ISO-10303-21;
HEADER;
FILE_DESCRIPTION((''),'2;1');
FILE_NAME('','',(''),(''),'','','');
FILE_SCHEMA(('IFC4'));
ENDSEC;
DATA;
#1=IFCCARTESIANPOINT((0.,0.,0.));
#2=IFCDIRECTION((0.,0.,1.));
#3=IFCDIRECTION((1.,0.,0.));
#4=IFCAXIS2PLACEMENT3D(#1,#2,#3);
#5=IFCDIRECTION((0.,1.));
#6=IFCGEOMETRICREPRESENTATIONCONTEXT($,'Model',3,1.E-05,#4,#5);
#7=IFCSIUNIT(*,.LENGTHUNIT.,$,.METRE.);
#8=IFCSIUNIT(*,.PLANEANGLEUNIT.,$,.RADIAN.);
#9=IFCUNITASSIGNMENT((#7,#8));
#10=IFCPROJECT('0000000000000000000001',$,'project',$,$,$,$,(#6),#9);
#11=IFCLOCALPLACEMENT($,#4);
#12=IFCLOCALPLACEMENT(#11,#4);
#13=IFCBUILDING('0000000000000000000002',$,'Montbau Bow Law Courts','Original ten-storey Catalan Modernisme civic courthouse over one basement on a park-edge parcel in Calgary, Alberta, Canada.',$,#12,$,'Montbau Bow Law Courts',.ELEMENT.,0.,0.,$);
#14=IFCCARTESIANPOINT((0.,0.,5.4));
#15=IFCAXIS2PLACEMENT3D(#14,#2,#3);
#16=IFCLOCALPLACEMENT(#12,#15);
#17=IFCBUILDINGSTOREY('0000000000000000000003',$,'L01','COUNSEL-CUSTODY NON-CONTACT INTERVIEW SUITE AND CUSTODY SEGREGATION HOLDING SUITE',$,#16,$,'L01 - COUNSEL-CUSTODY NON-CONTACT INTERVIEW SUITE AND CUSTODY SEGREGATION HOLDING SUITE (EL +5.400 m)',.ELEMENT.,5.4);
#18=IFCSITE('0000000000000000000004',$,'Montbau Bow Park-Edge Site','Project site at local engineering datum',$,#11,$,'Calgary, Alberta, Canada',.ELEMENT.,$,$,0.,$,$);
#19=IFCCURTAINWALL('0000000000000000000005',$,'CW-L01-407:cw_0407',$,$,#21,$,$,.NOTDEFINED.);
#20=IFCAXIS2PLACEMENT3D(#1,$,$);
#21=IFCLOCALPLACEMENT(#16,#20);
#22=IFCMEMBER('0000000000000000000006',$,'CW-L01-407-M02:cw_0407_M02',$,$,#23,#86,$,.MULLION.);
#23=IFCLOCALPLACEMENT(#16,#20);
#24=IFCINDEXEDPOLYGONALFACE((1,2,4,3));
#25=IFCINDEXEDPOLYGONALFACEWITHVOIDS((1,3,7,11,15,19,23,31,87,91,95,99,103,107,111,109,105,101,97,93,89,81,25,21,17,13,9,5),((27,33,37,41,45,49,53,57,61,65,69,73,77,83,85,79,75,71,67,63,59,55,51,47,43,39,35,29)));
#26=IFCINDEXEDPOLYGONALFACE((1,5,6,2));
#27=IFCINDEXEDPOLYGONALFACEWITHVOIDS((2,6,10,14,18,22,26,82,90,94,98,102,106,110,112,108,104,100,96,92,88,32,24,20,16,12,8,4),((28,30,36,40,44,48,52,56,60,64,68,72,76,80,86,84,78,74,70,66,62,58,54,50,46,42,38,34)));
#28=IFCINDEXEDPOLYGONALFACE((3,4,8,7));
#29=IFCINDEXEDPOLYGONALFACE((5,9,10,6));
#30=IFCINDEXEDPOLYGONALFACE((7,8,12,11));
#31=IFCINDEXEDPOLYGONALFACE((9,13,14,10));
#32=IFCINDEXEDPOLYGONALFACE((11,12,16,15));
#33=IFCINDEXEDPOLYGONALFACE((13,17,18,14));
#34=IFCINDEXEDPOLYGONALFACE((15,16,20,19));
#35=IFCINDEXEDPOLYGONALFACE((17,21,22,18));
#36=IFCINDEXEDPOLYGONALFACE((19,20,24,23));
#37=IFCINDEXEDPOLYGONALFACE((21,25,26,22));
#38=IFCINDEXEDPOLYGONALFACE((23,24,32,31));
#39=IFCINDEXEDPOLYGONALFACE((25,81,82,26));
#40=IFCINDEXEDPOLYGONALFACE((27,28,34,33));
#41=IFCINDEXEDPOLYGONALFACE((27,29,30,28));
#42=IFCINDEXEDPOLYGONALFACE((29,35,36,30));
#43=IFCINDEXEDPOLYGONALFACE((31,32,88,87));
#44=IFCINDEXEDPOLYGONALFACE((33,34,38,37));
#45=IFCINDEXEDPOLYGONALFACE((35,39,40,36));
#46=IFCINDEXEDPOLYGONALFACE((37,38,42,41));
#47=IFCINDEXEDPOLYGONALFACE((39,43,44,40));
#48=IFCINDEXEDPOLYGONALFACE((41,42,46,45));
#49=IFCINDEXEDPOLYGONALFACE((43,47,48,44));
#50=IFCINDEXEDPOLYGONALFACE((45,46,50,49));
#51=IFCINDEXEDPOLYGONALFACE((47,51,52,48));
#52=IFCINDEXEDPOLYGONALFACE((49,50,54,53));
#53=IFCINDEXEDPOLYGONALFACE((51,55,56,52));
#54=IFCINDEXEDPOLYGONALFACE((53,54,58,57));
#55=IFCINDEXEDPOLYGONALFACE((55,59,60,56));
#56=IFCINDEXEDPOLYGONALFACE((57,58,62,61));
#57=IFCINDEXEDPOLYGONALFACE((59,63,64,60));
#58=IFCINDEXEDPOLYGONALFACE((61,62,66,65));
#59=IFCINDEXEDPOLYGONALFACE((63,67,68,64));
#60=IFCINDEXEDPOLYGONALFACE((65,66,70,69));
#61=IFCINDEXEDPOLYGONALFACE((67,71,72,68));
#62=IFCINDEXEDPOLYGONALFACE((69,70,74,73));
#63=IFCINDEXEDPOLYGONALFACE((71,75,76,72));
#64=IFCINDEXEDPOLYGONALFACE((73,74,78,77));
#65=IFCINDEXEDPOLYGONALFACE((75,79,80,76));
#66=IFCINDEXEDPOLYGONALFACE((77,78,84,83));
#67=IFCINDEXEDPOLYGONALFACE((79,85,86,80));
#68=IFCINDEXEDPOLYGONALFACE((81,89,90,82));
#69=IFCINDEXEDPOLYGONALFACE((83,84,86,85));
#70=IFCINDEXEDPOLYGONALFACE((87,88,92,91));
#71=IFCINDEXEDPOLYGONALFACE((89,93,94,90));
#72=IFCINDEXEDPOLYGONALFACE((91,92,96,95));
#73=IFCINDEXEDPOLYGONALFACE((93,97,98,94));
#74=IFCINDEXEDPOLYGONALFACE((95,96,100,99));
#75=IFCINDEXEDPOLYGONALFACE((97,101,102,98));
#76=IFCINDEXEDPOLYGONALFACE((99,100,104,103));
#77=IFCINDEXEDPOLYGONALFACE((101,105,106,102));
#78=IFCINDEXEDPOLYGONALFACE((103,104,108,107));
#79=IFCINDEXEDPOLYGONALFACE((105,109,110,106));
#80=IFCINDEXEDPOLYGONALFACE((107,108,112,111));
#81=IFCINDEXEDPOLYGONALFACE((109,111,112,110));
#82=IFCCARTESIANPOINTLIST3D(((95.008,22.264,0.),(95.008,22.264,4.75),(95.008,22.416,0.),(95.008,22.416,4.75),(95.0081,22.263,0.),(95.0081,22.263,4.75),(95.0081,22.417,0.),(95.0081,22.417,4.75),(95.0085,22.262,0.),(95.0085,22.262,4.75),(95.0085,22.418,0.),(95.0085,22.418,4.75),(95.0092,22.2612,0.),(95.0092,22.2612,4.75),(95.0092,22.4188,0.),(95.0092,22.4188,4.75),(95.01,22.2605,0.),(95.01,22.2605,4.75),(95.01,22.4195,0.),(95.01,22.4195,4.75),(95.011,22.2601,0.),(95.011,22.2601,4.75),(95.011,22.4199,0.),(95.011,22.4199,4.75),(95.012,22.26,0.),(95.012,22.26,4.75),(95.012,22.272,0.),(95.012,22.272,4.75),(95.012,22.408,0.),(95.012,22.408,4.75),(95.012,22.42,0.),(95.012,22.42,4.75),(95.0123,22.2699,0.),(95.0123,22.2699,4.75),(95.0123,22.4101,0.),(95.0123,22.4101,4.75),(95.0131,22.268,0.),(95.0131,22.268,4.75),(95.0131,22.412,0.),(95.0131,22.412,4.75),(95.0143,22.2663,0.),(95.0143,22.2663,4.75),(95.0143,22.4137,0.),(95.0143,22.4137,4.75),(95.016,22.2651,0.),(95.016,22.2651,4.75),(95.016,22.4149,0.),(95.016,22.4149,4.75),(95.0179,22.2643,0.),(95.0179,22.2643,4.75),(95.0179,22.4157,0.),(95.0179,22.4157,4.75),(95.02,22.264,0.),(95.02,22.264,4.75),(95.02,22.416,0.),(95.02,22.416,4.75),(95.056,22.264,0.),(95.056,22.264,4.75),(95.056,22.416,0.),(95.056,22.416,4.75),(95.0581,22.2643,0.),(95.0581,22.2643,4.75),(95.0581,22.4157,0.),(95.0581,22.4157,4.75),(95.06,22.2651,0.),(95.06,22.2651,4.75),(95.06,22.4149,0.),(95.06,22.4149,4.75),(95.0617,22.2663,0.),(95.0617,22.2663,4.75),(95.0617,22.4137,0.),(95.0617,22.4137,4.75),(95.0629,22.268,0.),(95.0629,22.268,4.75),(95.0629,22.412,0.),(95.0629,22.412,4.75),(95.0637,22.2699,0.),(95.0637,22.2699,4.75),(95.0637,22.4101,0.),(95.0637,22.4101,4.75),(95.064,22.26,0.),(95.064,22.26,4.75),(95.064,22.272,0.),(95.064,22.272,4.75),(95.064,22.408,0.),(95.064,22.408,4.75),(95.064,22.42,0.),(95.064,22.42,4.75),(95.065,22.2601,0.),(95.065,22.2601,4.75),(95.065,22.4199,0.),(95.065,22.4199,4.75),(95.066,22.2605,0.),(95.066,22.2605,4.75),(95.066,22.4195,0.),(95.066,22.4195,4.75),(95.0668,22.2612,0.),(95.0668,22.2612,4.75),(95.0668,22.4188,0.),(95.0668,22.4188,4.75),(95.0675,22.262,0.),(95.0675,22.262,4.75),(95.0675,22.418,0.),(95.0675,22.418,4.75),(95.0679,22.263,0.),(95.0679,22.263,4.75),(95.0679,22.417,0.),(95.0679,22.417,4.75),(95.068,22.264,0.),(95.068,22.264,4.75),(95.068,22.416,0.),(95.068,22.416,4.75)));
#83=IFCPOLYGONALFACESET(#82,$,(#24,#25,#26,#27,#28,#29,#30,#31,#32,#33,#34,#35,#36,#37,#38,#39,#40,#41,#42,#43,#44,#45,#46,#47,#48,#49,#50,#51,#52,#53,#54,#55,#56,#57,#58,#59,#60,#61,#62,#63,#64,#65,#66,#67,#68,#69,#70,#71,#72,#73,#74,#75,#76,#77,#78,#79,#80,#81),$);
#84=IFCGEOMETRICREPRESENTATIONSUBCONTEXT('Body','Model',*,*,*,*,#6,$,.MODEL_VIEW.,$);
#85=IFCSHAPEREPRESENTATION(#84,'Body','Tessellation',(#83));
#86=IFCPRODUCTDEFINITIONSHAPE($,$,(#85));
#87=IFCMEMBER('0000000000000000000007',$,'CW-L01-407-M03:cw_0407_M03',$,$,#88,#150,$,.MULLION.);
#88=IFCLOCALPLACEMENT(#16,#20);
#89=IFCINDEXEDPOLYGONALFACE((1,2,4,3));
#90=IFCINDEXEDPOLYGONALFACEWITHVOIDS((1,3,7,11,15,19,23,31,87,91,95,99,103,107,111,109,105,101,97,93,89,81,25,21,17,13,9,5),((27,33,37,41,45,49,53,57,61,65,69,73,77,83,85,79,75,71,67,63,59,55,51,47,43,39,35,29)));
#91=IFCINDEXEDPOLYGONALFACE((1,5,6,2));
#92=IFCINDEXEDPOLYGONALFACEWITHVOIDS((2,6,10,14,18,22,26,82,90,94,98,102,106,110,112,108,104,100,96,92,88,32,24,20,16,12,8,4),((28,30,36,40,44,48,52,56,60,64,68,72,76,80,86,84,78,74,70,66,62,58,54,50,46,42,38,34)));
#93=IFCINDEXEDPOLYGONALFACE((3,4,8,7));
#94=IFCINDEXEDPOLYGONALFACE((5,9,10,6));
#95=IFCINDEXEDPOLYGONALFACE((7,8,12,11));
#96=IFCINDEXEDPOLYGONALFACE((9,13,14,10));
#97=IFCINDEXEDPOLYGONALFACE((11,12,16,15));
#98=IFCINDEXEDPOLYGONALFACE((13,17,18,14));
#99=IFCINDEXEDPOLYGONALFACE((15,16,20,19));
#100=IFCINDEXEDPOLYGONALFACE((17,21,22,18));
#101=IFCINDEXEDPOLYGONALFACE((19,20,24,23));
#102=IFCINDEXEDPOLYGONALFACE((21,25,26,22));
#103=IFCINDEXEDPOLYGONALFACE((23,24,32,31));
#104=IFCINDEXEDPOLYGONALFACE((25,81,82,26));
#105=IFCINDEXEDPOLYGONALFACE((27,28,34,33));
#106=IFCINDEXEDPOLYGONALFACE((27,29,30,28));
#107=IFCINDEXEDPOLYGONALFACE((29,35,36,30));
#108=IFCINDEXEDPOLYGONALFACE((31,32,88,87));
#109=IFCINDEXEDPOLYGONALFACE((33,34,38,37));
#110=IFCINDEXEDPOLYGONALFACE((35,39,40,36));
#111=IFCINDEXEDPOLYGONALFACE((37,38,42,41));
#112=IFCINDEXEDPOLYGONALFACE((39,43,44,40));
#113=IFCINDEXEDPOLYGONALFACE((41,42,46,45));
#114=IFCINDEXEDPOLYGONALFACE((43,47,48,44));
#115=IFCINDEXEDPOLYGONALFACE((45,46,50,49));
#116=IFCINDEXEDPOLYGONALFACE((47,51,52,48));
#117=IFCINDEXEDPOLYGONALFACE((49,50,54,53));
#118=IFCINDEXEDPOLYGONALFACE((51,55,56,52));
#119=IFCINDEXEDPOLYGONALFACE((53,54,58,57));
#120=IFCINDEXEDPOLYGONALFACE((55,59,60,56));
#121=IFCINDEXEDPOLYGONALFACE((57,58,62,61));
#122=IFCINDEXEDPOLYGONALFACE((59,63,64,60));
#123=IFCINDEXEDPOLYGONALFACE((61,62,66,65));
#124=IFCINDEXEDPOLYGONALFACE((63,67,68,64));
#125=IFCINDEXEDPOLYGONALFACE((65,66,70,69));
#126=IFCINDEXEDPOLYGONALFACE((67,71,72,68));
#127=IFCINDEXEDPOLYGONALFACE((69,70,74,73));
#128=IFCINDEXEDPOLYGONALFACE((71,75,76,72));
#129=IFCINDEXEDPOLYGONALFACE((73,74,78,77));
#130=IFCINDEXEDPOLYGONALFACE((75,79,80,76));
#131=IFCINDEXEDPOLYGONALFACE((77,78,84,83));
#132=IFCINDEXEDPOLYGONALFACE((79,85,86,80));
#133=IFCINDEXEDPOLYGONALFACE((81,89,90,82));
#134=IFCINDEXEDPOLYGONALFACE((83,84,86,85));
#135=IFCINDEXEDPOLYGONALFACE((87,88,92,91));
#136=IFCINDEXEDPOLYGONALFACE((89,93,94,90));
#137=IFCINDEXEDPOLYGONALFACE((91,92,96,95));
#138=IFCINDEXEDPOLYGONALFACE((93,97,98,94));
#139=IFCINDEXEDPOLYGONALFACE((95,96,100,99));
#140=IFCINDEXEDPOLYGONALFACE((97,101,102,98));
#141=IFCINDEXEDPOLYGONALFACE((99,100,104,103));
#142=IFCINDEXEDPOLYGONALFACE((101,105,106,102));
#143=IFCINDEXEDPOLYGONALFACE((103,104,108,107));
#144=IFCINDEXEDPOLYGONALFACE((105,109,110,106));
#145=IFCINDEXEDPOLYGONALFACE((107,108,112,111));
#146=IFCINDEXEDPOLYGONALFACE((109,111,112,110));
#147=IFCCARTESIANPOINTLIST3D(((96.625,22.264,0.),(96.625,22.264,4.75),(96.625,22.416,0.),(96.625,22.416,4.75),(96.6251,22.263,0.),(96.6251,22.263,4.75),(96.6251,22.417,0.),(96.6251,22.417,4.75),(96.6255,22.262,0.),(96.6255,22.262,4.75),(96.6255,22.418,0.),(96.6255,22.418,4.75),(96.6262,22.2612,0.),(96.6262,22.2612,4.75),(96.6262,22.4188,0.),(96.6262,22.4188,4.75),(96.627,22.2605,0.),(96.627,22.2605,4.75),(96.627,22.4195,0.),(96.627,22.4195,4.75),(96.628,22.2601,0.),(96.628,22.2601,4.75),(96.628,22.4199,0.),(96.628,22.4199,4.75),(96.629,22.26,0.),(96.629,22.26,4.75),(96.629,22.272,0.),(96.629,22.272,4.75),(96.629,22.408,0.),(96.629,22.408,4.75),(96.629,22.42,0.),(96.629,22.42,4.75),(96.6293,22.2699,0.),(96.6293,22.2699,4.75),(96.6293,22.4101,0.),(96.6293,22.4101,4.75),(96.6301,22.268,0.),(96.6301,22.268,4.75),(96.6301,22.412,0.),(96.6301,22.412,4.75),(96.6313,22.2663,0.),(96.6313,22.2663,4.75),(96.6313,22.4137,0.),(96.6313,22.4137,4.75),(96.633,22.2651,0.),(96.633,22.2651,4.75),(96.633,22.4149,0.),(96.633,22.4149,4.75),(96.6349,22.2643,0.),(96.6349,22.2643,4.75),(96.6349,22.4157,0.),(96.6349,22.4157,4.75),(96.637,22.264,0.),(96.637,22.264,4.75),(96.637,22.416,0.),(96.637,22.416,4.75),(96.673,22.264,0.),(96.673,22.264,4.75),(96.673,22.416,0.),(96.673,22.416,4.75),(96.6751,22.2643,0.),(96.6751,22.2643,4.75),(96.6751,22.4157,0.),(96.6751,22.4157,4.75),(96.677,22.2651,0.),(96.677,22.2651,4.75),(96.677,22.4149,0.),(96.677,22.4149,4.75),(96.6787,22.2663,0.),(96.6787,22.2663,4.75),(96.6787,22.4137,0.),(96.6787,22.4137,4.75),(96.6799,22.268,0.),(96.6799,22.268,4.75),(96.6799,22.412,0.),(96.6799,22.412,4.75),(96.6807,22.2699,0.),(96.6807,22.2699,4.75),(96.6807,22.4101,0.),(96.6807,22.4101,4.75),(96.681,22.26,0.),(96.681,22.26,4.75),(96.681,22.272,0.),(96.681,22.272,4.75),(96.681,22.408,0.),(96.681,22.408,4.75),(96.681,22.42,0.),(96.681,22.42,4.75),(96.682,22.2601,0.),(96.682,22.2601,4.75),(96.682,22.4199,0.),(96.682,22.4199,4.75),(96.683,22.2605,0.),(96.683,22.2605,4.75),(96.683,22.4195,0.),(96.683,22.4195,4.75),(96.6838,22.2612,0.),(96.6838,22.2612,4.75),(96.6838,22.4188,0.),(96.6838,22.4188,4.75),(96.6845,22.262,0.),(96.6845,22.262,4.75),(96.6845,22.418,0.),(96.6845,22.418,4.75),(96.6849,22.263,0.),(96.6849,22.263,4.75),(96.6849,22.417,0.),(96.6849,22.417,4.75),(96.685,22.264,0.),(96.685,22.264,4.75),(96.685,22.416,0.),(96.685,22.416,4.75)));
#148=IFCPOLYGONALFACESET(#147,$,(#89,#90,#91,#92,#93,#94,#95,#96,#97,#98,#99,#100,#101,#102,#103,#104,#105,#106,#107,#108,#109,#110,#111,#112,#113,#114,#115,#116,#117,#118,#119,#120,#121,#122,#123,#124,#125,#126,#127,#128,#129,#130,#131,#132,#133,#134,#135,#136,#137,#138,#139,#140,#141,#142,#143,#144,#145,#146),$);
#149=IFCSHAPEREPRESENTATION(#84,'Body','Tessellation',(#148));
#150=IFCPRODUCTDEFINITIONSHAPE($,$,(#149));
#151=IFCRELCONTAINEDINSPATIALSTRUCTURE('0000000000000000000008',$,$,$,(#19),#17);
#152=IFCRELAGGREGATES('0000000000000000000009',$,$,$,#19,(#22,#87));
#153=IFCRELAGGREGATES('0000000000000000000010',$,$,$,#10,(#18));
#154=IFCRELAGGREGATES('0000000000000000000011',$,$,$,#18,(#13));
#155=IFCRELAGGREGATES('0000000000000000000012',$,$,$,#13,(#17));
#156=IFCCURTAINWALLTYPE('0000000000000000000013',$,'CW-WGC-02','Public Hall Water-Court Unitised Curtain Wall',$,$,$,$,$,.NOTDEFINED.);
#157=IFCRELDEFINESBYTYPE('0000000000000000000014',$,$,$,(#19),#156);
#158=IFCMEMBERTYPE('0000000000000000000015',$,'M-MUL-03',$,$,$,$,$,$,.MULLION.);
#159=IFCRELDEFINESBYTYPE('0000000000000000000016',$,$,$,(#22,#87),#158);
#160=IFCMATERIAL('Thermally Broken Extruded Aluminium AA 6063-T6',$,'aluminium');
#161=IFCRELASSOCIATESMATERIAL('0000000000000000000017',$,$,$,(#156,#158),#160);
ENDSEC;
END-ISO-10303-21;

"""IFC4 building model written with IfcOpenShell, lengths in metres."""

from ifc_helpers import new_model, si_unit, direction, frame, origin_with_axes, origin_2d_with_axis, place, context, subcontext, project, spatial, hollow_rectangle, extrude, material, material_profile, profile_set, type_object, element, aggregate, save


model = new_model("IFC4")

# Units and contexts
model_context = context("Model", 3, precision=1e-05, world=origin_with_axes(), true_north=direction((0.0, 1.0)))
body_context = subcontext(model_context, "Body", "Model", "MODEL_VIEW")
ifc_project = project(units=[si_unit("LENGTHUNIT", "METRE"), si_unit("PLANEANGLEUNIT", "RADIAN")], contexts=[model_context])

# Site, building, storey
site_placement = place(None, origin_with_axes())
site = spatial("IfcSite", under=ifc_project, at=site_placement, Name="Montbau Bow Park-Edge Site", Description="Project site at local engineering datum", LongName="Calgary, Alberta, Canada", CompositionType="ELEMENT", RefElevation=0.0)
building_placement = place(site_placement, origin_with_axes())
building = spatial("IfcBuilding", under=site, at=building_placement, Name="Montbau Bow Law Courts", Description="Original ten-storey Catalan Modernisme civic courthouse over one basement on a park-edge parcel in Calgary, Alberta, Canada.", LongName="Montbau Bow Law Courts", CompositionType="ELEMENT", ElevationOfRefHeight=0.0, ElevationOfTerrain=0.0)
storey_placement = place(building_placement, frame((0.0, 0.0, 5.4), z_axis=(0.0, 0.0, 1.0), x_axis=(1.0, 0.0, 0.0)))
storey = spatial("IfcBuildingStorey", under=building, at=storey_placement, Name="L01", Description="COUNSEL-CUSTODY NON-CONTACT INTERVIEW SUITE AND CUSTODY SEGREGATION HOLDING SUITE", LongName="L01 - COUNSEL-CUSTODY NON-CONTACT INTERVIEW SUITE AND CUSTODY SEGREGATION HOLDING SUITE (EL +5.400 m)", CompositionType="ELEMENT", Elevation=5.4)

# Curtain wall, members
ifc_material_1 = material(Name="Thermally Broken Extruded Aluminium AA 6063-T6", Category="aluminium")
curtain_wall_type = type_object("IfcCurtainWallType", Name="CW-WGC-02", Description="Public Hall Water-Court Unitised Curtain Wall", PredefinedType="NOTDEFINED", material=ifc_material_1)
curtain_wall_1_placement = place(None, frame((93.39, 22.34, 5.4), z_axis=(0.0, 0.0, 1.0), x_axis=(1.0, 0.0, 0.0)))
curtain_wall_1 = element("IfcCurtainWall", 1, at=curtain_wall_1_placement, inside=storey, type_object=curtain_wall_type, Name="CW-L01-407:cw_0407", PredefinedType="NOTDEFINED")
ifc_material_profile_1 = material_profile(ifc_material_1, hollow_rectangle(XDim=0.06, YDim=0.16, WallThickness=0.004, InnerFilletRadius=0.008, OuterFilletRadius=0.004, at=origin_2d_with_axis()), Name="CWM-160X60", Category="Main", Priority=0)
ifc_profile_set_1 = profile_set([ifc_material_profile_1], Name="Thermally Broken Extruded Aluminium AA 6063-T6")
member_type_1 = type_object("IfcMemberType", Name="M-MUL-03", PredefinedType="MULLION", material=ifc_profile_set_1)
member_1_placement = place(None, frame((95.038, 22.34, 5.4), z_axis=(0.0, 0.0, 1.0), x_axis=(1.0, 0.0, 0.0)))
member_1 = element("IfcMember", 2, at=member_1_placement, type_object=member_type_1, Name="CW-L01-407-M02:cw_0407_M02", PredefinedType="MULLION", context=body_context, shape_type="SweptSolid", body=[
    extrude(hollow_rectangle(XDim=0.06, YDim=0.16, WallThickness=0.004, InnerFilletRadius=0.008, OuterFilletRadius=0.004, at=origin_2d_with_axis()), origin_with_axes(), (0.0, 0.0, 1.0), 4.75),
])
member_2_placement = place(None, frame((96.655, 22.34, 5.4), z_axis=(0.0, 0.0, 1.0), x_axis=(1.0, 0.0, 0.0)))
member_2 = element("IfcMember", 3, at=member_2_placement, type_object=member_type_1, Name="CW-L01-407-M03:cw_0407_M03", PredefinedType="MULLION", context=body_context, shape_type="SweptSolid", body=[
    extrude(hollow_rectangle(XDim=0.06, YDim=0.16, WallThickness=0.004, InnerFilletRadius=0.008, OuterFilletRadius=0.004, at=origin_2d_with_axis()), origin_with_axes(), (0.0, 0.0, 1.0), 4.75),
])

aggregate(curtain_wall_1, [member_1, member_2])

save(model, "model.ifc")
